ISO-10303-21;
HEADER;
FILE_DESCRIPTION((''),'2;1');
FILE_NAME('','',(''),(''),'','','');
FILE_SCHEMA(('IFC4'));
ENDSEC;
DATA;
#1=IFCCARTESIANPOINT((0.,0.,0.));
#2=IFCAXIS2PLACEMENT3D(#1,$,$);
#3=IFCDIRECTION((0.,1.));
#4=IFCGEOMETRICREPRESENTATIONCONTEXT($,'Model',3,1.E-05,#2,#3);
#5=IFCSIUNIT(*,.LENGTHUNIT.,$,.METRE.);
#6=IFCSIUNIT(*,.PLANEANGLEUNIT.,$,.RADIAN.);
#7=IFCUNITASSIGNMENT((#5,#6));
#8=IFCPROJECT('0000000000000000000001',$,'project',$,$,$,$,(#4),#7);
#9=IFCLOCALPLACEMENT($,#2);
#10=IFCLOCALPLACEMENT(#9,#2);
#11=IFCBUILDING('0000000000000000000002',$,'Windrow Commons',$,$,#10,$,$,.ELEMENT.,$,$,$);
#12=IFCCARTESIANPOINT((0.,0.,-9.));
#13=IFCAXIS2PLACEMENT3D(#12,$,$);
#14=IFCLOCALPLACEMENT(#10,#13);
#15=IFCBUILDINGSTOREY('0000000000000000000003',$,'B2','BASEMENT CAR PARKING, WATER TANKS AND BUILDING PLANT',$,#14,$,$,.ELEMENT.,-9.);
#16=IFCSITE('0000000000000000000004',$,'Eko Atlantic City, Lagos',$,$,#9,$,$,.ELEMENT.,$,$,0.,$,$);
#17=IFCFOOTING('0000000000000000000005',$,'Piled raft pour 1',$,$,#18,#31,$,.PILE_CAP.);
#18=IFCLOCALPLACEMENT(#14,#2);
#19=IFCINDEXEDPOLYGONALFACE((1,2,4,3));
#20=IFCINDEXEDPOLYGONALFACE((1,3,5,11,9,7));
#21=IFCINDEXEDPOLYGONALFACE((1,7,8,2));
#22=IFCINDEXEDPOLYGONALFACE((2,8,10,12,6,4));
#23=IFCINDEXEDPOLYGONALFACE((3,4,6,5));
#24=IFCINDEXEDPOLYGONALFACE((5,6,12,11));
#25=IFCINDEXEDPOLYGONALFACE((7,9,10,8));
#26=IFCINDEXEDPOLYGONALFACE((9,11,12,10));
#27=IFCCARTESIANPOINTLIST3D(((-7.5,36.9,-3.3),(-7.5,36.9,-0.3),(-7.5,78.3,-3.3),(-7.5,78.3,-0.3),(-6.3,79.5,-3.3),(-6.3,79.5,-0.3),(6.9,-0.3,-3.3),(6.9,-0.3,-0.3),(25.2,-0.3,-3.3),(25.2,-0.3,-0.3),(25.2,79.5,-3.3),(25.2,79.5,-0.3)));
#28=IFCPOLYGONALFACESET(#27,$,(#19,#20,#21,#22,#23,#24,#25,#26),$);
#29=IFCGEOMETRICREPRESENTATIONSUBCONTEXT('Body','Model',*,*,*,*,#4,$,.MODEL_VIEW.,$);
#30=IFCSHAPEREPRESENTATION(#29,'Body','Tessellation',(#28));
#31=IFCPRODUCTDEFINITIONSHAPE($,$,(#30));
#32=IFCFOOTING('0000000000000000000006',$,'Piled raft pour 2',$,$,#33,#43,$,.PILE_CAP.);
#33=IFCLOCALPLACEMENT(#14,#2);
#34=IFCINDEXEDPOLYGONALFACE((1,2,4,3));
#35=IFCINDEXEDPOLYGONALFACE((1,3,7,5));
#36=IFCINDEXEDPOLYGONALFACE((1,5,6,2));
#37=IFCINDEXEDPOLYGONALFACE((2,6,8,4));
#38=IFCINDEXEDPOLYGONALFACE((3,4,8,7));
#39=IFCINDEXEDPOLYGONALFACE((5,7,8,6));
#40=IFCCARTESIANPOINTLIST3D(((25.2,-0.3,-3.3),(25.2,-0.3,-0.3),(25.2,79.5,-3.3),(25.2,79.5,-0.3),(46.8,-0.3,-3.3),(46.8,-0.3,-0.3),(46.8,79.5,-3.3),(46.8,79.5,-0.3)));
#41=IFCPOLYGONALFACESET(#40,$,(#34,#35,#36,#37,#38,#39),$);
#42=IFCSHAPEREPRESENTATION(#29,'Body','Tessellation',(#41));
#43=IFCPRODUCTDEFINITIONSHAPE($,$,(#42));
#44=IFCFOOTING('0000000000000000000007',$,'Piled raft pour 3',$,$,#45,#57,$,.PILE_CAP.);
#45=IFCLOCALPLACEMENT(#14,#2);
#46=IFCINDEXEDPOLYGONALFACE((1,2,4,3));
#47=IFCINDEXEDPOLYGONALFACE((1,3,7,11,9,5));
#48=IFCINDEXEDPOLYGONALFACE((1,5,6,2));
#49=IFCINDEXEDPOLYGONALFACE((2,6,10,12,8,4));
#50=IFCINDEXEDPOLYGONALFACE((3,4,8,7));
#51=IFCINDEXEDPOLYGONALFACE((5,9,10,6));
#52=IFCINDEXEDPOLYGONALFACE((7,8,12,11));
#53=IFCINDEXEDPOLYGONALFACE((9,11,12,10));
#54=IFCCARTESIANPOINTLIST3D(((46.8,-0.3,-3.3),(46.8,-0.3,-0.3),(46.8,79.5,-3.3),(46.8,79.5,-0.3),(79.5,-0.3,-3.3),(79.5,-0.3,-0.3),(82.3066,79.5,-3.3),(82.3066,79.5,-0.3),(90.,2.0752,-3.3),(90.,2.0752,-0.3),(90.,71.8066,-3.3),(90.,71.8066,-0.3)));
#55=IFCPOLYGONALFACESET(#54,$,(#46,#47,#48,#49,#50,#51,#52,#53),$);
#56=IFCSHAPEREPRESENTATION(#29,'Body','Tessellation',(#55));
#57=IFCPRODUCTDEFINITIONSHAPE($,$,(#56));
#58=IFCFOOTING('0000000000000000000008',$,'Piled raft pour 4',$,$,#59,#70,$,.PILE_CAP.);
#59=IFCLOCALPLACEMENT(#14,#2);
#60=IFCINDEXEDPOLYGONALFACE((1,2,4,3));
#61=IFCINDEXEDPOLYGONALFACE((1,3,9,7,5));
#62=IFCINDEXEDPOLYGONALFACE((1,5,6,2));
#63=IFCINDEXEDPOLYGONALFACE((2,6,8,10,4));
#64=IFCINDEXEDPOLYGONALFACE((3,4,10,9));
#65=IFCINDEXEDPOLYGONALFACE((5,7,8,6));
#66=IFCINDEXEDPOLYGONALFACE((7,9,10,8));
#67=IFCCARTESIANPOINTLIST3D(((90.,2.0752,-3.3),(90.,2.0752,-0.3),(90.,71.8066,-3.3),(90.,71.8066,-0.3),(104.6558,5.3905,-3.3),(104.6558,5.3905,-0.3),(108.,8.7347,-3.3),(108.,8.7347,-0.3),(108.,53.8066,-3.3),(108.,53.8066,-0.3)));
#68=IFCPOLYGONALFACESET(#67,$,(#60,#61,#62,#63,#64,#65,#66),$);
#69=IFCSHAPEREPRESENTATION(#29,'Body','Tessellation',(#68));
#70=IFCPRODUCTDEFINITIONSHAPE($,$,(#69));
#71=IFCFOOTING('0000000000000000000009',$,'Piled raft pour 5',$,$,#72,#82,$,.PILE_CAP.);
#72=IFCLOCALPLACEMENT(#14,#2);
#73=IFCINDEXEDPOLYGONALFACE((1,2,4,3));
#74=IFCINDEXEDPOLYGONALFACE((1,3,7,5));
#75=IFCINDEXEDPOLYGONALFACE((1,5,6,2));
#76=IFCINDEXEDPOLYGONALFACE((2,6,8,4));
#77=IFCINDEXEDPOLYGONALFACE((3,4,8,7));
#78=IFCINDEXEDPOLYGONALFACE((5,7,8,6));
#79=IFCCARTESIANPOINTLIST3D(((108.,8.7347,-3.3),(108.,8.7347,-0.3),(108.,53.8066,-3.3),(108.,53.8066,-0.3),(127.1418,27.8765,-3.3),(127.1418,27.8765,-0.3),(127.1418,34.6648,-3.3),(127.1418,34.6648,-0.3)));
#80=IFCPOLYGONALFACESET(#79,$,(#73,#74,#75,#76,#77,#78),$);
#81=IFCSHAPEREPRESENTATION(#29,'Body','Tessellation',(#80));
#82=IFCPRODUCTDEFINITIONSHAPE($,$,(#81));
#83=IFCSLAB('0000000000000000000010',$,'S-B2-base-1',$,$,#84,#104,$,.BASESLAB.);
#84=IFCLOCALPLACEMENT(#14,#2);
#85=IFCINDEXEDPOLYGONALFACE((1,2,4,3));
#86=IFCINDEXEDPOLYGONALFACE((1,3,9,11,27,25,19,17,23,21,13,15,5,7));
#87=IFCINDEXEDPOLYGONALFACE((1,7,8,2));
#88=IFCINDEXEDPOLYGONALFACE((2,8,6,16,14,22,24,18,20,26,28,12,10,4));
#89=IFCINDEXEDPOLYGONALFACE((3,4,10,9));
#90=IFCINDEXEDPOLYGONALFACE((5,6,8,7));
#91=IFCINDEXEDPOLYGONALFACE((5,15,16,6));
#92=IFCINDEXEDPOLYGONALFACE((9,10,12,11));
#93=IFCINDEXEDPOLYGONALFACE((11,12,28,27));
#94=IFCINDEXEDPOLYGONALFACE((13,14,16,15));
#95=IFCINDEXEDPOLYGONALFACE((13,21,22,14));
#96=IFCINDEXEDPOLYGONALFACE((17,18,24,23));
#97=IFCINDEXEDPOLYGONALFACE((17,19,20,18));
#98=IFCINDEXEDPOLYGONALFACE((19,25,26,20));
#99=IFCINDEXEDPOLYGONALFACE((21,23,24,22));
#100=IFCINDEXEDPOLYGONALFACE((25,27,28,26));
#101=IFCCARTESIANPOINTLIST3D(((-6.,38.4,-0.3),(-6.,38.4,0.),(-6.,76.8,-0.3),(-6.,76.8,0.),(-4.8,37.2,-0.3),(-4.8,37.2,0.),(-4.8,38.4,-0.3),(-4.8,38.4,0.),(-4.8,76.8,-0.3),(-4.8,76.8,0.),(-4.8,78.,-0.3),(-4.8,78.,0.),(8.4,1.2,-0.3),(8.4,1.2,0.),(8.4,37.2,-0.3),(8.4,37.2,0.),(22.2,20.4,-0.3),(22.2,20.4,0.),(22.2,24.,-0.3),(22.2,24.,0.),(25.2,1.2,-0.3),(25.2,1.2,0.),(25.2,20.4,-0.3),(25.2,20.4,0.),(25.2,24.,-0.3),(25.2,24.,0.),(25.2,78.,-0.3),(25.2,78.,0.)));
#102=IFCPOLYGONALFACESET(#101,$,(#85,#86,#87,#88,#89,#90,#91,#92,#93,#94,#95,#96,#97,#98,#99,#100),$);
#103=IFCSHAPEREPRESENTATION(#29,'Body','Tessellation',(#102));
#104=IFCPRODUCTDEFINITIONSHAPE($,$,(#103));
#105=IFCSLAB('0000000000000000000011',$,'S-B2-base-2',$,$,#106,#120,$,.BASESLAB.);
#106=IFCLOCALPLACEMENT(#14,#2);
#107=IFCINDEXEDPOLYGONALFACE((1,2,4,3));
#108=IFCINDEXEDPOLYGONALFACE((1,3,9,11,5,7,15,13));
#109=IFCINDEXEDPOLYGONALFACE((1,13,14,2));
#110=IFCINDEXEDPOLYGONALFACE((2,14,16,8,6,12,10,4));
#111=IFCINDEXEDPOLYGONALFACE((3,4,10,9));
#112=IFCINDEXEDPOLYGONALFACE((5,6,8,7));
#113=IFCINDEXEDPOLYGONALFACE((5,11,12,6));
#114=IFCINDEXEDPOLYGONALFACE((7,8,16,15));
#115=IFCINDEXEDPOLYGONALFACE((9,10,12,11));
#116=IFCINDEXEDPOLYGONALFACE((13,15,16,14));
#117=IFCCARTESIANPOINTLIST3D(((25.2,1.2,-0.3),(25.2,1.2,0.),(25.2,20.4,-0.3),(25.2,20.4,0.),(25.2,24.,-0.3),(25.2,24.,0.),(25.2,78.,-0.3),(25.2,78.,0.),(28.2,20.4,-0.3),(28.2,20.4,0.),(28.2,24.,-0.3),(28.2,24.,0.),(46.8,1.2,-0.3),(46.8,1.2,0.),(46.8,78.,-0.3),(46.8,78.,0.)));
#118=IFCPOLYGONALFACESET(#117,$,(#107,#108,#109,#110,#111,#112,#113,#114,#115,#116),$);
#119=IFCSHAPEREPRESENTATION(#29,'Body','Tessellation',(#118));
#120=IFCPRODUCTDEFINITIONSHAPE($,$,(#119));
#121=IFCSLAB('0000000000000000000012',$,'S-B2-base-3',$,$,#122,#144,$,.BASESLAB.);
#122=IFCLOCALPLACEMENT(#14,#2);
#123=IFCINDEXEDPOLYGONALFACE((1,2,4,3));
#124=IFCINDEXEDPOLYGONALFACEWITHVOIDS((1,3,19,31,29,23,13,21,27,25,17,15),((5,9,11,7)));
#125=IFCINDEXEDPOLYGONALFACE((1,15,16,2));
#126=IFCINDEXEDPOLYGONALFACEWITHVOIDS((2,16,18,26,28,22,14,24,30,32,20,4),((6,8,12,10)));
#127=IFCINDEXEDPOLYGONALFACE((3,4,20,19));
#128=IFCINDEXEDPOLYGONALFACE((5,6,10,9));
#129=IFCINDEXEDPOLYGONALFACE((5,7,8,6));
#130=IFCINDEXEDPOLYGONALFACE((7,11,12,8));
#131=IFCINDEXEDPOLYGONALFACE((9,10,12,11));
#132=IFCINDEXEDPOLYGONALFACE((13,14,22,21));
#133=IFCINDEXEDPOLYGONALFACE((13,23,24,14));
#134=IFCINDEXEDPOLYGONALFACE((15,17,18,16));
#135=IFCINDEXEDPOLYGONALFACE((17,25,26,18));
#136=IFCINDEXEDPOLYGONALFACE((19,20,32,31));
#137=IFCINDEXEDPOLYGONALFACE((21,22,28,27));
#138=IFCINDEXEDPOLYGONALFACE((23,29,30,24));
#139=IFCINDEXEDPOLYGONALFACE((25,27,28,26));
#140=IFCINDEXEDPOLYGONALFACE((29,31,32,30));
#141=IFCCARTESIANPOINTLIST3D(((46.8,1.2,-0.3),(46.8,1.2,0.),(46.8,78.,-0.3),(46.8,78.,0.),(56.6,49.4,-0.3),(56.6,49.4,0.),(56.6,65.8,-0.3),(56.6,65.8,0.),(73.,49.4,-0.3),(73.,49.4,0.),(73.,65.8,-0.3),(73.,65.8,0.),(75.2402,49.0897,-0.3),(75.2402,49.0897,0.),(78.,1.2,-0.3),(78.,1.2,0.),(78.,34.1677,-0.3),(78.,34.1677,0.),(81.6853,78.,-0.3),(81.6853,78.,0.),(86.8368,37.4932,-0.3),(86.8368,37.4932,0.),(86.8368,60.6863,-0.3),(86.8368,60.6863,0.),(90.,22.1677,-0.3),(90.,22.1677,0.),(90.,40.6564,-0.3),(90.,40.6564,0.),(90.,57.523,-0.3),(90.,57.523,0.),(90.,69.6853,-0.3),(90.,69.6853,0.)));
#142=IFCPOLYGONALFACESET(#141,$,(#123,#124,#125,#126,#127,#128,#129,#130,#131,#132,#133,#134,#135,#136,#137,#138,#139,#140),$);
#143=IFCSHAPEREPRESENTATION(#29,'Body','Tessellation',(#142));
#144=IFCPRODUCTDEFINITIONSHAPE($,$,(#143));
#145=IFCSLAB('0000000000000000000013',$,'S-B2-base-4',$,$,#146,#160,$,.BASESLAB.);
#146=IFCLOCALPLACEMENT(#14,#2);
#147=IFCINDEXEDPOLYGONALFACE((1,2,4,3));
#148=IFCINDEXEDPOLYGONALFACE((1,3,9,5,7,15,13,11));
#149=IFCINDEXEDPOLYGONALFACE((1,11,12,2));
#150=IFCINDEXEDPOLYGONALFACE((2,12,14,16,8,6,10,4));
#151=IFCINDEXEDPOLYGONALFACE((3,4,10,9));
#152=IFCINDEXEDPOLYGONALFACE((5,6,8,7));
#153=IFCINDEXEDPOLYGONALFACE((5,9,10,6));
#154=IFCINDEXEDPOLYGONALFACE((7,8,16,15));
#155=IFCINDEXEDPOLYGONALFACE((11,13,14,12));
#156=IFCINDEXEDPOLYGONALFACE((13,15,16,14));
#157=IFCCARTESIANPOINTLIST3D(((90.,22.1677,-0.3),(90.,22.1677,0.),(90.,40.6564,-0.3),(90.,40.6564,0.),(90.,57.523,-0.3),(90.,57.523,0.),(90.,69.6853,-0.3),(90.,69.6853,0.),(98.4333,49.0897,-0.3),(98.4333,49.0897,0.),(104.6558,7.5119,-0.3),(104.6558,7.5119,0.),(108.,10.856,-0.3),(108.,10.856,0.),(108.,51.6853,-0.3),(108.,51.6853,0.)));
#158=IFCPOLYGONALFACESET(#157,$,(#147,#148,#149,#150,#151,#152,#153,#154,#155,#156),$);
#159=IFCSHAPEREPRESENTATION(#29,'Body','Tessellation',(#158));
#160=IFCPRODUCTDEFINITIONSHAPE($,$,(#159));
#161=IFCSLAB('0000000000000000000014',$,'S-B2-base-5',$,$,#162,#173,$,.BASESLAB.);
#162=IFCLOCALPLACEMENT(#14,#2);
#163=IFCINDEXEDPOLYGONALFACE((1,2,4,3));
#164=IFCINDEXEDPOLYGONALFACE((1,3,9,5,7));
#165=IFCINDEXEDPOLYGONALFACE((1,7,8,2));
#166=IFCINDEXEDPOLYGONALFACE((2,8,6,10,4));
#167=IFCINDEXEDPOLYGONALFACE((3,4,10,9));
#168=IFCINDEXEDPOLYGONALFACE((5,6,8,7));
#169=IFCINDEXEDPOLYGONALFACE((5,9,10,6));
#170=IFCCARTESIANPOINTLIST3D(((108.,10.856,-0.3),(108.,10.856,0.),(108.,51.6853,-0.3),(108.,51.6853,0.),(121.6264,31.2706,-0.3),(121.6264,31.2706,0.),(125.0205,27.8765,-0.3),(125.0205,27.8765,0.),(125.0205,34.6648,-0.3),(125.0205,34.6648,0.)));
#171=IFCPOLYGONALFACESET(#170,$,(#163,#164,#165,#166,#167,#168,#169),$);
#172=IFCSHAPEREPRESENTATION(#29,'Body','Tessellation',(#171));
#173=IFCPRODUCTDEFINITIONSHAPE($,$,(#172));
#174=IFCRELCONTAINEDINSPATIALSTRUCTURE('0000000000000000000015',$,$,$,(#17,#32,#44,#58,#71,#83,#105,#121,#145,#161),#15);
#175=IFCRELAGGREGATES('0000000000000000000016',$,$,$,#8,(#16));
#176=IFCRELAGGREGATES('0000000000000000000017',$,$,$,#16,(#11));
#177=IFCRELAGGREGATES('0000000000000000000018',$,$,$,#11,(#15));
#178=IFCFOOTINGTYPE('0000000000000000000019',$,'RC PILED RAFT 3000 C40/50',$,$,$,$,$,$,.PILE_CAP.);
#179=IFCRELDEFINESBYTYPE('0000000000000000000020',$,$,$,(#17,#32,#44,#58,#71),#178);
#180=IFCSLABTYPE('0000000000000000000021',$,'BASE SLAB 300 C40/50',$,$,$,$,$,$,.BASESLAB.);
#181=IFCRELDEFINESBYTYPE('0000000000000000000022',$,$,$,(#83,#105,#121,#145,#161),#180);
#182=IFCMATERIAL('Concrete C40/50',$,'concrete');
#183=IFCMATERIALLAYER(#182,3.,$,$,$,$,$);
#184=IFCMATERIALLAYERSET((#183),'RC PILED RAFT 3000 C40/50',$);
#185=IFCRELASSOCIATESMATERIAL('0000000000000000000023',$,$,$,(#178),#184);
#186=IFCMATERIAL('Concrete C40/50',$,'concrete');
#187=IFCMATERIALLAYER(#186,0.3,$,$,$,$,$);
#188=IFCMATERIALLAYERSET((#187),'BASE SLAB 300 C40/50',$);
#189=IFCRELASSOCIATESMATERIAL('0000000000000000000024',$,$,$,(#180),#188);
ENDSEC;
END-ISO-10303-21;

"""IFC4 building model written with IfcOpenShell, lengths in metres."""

from ifc_helpers import new_model, si_unit, direction, frame, origin, place, context, subcontext, project, spatial, polyline, outline, extrude, material, layer, layer_set, type_object, element, save


model = new_model("IFC4")

# Units and contexts
model_context = context("Model", 3, precision=1e-05, world=origin(), true_north=direction((0.0, 1.0)))
body_context = subcontext(model_context, "Body", "Model", "MODEL_VIEW")
ifc_project = project(units=[si_unit("LENGTHUNIT", "METRE"), si_unit("PLANEANGLEUNIT", "RADIAN")], contexts=[model_context])

# Site, building, storey
site_placement = place(None, origin())
site = spatial("IfcSite", under=ifc_project, at=site_placement, Name="Eko Atlantic City, Lagos", CompositionType="ELEMENT", RefElevation=0.0)
building_placement = place(site_placement, origin())
building = spatial("IfcBuilding", under=site, at=building_placement, Name="Windrow Commons", CompositionType="ELEMENT")
storey_placement = place(building_placement, frame((0.0, 0.0, -9.0)))
storey = spatial("IfcBuildingStorey", under=building, at=storey_placement, Name="B2", Description="BASEMENT CAR PARKING, WATER TANKS AND BUILDING PLANT", CompositionType="ELEMENT", Elevation=-9.0)

# Footings
ifc_material_1 = material(Name="Concrete C40/50", Category="concrete")
ifc_layer_1 = layer(ifc_material_1, 3.0)
ifc_layer_set_1 = layer_set([ifc_layer_1], Name="RC PILED RAFT 3000 C40/50")
footing_type = type_object("IfcFootingType", Name="RC PILED RAFT 3000 C40/50", PredefinedType="PILE_CAP", material=ifc_layer_set_1)
placement_1 = place(storey_placement, frame((0.0, 0.0, -3.3)))
element("IfcFooting", 1, at=placement_1, inside=storey, type_object=footing_type, Name="Piled raft pour 1", PredefinedType="PILE_CAP", context=body_context, shape_type="SweptSolid", body=[
    extrude(outline(polyline([(6.9, -0.3), (-7.5, 36.9), (-7.5, 78.3), (-6.3, 79.5), (25.2, 79.5), (25.2, -0.3), (6.9, -0.3)])), origin(), (0.0, 0.0, 1.0), 3.0),
])
element("IfcFooting", 2, at=placement_1, inside=storey, type_object=footing_type, Name="Piled raft pour 2", PredefinedType="PILE_CAP", context=body_context, shape_type="SweptSolid", body=[
    extrude(outline(polyline([(46.8, 79.5), (46.8, -0.3), (25.2, -0.3), (25.2, 79.5), (46.8, 79.5)])), origin(), (0.0, 0.0, 1.0), 3.0),
])
element("IfcFooting", 3, at=placement_1, inside=storey, type_object=footing_type, Name="Piled raft pour 3", PredefinedType="PILE_CAP", context=body_context, shape_type="SweptSolid", body=[
    extrude(outline(polyline([(79.5, -0.3), (46.8, -0.3), (46.8, 79.5), (82.3066, 79.5), (90.0, 71.8066), (90.0, 2.0752), (79.5, -0.3)])), origin(), (0.0, 0.0, 1.0), 3.0),
])
element("IfcFooting", 4, at=placement_1, inside=storey, type_object=footing_type, Name="Piled raft pour 4", PredefinedType="PILE_CAP", context=body_context, shape_type="SweptSolid", body=[
    extrude(outline(polyline([(104.6558, 5.3905), (90.0, 2.0752), (90.0, 71.8066), (108.0, 53.8066), (108.0, 8.7347), (104.6558, 5.3905)])), origin(), (0.0, 0.0, 1.0), 3.0),
])
element("IfcFooting", 5, at=placement_1, inside=storey, type_object=footing_type, Name="Piled raft pour 5", PredefinedType="PILE_CAP", context=body_context, shape_type="SweptSolid", body=[
    extrude(outline(polyline([(127.1418, 34.6648), (127.1418, 27.8765), (108.0, 8.7347), (108.0, 53.8066), (127.1418, 34.6648)])), origin(), (0.0, 0.0, 1.0), 3.0),
])

# Slabs
ifc_material_2 = material(Name="Concrete C40/50", Category="concrete")
ifc_layer_2 = layer(ifc_material_2, 0.3)
ifc_layer_set_2 = layer_set([ifc_layer_2], Name="BASE SLAB 300 C40/50")
slab_type_1 = type_object("IfcSlabType", Name="BASE SLAB 300 C40/50", PredefinedType="BASESLAB", material=ifc_layer_set_2)
placement_2 = place(storey_placement, frame((0.0, 0.0, -0.3)))
element("IfcSlab", 6, at=placement_2, inside=storey, type_object=slab_type_1, Name="S-B2-base-1", PredefinedType="BASESLAB", context=body_context, shape_type="SweptSolid", body=[
    extrude(outline(polyline([(-6.0, 76.8), (-6.0, 38.4), (-4.8, 38.4), (-4.8, 37.2), (8.4, 37.2), (8.4, 1.2), (25.2, 1.2), (25.2, 20.4), (22.2, 20.4), (22.2, 24.0), (25.2, 24.0), (25.2, 78.0), (-4.8, 78.0), (-4.8, 76.8), (-6.0, 76.8)])), origin(), (0.0, 0.0, 1.0), 0.3),
])
element("IfcSlab", 7, at=placement_2, inside=storey, type_object=slab_type_1, Name="S-B2-base-2", PredefinedType="BASESLAB", context=body_context, shape_type="SweptSolid", body=[
    extrude(outline(polyline([(46.8, 78.0), (25.2, 78.0), (25.2, 24.0), (28.2, 24.0), (28.2, 20.4), (25.2, 20.4), (25.2, 1.2), (46.8, 1.2), (46.8, 78.0)])), origin(), (0.0, 0.0, 1.0), 0.3),
])

# Slab, opening
slab_1 = element("IfcSlab", 8, at=placement_2, inside=storey, type_object=slab_type_1, Name="S-B2-base-3", PredefinedType="BASESLAB", context=body_context, shape_type="SweptSolid", body=[
    extrude(outline(polyline([(81.6853, 78.0), (46.8, 78.0), (46.8, 1.2), (78.0, 1.2), (78.0, 34.1677), (90.0, 22.1677), (90.0, 40.6564), (86.8368, 37.4932), (75.2402, 49.0897), (86.8368, 60.6863), (90.0, 57.523), (90.0, 69.6853), (81.6853, 78.0)]), holes=[polyline([(73.0, 65.8), (73.0, 49.4), (56.6, 49.4), (56.6, 65.8), (73.0, 65.8)])]), origin(), (0.0, 0.0, 1.0), 0.3),
])
opening_1_placement = place(placement_2, origin())
element("IfcOpeningElement", 9, at=opening_1_placement, cuts=slab_1, PredefinedType="OPENING", context=body_context, shape_type="SweptSolid", body=[
    extrude(outline(polyline([(72.995, 65.795), (72.995, 49.405), (56.605, 49.405), (56.605, 65.795), (72.995, 65.795)])), origin(), (0.0, 0.0, 1.0), 0.3),
])

# Slabs
element("IfcSlab", 10, at=placement_2, inside=storey, type_object=slab_type_1, Name="S-B2-base-4", PredefinedType="BASESLAB", context=body_context, shape_type="SweptSolid", body=[
    extrude(outline(polyline([(108.0, 51.6853), (90.0, 69.6853), (90.0, 57.523), (98.4333, 49.0897), (90.0, 40.6564), (90.0, 22.1677), (104.6558, 7.5119), (108.0, 10.856), (108.0, 51.6853)])), origin(), (0.0, 0.0, 1.0), 0.3),
])
element("IfcSlab", 11, at=placement_2, inside=storey, type_object=slab_type_1, Name="S-B2-base-5", PredefinedType="BASESLAB", context=body_context, shape_type="SweptSolid", body=[
    extrude(outline(polyline([(125.0205, 34.6648), (108.0, 51.6853), (108.0, 10.856), (125.0205, 27.8765), (121.6264, 31.2706), (125.0205, 34.6648)])), origin(), (0.0, 0.0, 1.0), 0.3),
])

save(model, "model.ifc")
